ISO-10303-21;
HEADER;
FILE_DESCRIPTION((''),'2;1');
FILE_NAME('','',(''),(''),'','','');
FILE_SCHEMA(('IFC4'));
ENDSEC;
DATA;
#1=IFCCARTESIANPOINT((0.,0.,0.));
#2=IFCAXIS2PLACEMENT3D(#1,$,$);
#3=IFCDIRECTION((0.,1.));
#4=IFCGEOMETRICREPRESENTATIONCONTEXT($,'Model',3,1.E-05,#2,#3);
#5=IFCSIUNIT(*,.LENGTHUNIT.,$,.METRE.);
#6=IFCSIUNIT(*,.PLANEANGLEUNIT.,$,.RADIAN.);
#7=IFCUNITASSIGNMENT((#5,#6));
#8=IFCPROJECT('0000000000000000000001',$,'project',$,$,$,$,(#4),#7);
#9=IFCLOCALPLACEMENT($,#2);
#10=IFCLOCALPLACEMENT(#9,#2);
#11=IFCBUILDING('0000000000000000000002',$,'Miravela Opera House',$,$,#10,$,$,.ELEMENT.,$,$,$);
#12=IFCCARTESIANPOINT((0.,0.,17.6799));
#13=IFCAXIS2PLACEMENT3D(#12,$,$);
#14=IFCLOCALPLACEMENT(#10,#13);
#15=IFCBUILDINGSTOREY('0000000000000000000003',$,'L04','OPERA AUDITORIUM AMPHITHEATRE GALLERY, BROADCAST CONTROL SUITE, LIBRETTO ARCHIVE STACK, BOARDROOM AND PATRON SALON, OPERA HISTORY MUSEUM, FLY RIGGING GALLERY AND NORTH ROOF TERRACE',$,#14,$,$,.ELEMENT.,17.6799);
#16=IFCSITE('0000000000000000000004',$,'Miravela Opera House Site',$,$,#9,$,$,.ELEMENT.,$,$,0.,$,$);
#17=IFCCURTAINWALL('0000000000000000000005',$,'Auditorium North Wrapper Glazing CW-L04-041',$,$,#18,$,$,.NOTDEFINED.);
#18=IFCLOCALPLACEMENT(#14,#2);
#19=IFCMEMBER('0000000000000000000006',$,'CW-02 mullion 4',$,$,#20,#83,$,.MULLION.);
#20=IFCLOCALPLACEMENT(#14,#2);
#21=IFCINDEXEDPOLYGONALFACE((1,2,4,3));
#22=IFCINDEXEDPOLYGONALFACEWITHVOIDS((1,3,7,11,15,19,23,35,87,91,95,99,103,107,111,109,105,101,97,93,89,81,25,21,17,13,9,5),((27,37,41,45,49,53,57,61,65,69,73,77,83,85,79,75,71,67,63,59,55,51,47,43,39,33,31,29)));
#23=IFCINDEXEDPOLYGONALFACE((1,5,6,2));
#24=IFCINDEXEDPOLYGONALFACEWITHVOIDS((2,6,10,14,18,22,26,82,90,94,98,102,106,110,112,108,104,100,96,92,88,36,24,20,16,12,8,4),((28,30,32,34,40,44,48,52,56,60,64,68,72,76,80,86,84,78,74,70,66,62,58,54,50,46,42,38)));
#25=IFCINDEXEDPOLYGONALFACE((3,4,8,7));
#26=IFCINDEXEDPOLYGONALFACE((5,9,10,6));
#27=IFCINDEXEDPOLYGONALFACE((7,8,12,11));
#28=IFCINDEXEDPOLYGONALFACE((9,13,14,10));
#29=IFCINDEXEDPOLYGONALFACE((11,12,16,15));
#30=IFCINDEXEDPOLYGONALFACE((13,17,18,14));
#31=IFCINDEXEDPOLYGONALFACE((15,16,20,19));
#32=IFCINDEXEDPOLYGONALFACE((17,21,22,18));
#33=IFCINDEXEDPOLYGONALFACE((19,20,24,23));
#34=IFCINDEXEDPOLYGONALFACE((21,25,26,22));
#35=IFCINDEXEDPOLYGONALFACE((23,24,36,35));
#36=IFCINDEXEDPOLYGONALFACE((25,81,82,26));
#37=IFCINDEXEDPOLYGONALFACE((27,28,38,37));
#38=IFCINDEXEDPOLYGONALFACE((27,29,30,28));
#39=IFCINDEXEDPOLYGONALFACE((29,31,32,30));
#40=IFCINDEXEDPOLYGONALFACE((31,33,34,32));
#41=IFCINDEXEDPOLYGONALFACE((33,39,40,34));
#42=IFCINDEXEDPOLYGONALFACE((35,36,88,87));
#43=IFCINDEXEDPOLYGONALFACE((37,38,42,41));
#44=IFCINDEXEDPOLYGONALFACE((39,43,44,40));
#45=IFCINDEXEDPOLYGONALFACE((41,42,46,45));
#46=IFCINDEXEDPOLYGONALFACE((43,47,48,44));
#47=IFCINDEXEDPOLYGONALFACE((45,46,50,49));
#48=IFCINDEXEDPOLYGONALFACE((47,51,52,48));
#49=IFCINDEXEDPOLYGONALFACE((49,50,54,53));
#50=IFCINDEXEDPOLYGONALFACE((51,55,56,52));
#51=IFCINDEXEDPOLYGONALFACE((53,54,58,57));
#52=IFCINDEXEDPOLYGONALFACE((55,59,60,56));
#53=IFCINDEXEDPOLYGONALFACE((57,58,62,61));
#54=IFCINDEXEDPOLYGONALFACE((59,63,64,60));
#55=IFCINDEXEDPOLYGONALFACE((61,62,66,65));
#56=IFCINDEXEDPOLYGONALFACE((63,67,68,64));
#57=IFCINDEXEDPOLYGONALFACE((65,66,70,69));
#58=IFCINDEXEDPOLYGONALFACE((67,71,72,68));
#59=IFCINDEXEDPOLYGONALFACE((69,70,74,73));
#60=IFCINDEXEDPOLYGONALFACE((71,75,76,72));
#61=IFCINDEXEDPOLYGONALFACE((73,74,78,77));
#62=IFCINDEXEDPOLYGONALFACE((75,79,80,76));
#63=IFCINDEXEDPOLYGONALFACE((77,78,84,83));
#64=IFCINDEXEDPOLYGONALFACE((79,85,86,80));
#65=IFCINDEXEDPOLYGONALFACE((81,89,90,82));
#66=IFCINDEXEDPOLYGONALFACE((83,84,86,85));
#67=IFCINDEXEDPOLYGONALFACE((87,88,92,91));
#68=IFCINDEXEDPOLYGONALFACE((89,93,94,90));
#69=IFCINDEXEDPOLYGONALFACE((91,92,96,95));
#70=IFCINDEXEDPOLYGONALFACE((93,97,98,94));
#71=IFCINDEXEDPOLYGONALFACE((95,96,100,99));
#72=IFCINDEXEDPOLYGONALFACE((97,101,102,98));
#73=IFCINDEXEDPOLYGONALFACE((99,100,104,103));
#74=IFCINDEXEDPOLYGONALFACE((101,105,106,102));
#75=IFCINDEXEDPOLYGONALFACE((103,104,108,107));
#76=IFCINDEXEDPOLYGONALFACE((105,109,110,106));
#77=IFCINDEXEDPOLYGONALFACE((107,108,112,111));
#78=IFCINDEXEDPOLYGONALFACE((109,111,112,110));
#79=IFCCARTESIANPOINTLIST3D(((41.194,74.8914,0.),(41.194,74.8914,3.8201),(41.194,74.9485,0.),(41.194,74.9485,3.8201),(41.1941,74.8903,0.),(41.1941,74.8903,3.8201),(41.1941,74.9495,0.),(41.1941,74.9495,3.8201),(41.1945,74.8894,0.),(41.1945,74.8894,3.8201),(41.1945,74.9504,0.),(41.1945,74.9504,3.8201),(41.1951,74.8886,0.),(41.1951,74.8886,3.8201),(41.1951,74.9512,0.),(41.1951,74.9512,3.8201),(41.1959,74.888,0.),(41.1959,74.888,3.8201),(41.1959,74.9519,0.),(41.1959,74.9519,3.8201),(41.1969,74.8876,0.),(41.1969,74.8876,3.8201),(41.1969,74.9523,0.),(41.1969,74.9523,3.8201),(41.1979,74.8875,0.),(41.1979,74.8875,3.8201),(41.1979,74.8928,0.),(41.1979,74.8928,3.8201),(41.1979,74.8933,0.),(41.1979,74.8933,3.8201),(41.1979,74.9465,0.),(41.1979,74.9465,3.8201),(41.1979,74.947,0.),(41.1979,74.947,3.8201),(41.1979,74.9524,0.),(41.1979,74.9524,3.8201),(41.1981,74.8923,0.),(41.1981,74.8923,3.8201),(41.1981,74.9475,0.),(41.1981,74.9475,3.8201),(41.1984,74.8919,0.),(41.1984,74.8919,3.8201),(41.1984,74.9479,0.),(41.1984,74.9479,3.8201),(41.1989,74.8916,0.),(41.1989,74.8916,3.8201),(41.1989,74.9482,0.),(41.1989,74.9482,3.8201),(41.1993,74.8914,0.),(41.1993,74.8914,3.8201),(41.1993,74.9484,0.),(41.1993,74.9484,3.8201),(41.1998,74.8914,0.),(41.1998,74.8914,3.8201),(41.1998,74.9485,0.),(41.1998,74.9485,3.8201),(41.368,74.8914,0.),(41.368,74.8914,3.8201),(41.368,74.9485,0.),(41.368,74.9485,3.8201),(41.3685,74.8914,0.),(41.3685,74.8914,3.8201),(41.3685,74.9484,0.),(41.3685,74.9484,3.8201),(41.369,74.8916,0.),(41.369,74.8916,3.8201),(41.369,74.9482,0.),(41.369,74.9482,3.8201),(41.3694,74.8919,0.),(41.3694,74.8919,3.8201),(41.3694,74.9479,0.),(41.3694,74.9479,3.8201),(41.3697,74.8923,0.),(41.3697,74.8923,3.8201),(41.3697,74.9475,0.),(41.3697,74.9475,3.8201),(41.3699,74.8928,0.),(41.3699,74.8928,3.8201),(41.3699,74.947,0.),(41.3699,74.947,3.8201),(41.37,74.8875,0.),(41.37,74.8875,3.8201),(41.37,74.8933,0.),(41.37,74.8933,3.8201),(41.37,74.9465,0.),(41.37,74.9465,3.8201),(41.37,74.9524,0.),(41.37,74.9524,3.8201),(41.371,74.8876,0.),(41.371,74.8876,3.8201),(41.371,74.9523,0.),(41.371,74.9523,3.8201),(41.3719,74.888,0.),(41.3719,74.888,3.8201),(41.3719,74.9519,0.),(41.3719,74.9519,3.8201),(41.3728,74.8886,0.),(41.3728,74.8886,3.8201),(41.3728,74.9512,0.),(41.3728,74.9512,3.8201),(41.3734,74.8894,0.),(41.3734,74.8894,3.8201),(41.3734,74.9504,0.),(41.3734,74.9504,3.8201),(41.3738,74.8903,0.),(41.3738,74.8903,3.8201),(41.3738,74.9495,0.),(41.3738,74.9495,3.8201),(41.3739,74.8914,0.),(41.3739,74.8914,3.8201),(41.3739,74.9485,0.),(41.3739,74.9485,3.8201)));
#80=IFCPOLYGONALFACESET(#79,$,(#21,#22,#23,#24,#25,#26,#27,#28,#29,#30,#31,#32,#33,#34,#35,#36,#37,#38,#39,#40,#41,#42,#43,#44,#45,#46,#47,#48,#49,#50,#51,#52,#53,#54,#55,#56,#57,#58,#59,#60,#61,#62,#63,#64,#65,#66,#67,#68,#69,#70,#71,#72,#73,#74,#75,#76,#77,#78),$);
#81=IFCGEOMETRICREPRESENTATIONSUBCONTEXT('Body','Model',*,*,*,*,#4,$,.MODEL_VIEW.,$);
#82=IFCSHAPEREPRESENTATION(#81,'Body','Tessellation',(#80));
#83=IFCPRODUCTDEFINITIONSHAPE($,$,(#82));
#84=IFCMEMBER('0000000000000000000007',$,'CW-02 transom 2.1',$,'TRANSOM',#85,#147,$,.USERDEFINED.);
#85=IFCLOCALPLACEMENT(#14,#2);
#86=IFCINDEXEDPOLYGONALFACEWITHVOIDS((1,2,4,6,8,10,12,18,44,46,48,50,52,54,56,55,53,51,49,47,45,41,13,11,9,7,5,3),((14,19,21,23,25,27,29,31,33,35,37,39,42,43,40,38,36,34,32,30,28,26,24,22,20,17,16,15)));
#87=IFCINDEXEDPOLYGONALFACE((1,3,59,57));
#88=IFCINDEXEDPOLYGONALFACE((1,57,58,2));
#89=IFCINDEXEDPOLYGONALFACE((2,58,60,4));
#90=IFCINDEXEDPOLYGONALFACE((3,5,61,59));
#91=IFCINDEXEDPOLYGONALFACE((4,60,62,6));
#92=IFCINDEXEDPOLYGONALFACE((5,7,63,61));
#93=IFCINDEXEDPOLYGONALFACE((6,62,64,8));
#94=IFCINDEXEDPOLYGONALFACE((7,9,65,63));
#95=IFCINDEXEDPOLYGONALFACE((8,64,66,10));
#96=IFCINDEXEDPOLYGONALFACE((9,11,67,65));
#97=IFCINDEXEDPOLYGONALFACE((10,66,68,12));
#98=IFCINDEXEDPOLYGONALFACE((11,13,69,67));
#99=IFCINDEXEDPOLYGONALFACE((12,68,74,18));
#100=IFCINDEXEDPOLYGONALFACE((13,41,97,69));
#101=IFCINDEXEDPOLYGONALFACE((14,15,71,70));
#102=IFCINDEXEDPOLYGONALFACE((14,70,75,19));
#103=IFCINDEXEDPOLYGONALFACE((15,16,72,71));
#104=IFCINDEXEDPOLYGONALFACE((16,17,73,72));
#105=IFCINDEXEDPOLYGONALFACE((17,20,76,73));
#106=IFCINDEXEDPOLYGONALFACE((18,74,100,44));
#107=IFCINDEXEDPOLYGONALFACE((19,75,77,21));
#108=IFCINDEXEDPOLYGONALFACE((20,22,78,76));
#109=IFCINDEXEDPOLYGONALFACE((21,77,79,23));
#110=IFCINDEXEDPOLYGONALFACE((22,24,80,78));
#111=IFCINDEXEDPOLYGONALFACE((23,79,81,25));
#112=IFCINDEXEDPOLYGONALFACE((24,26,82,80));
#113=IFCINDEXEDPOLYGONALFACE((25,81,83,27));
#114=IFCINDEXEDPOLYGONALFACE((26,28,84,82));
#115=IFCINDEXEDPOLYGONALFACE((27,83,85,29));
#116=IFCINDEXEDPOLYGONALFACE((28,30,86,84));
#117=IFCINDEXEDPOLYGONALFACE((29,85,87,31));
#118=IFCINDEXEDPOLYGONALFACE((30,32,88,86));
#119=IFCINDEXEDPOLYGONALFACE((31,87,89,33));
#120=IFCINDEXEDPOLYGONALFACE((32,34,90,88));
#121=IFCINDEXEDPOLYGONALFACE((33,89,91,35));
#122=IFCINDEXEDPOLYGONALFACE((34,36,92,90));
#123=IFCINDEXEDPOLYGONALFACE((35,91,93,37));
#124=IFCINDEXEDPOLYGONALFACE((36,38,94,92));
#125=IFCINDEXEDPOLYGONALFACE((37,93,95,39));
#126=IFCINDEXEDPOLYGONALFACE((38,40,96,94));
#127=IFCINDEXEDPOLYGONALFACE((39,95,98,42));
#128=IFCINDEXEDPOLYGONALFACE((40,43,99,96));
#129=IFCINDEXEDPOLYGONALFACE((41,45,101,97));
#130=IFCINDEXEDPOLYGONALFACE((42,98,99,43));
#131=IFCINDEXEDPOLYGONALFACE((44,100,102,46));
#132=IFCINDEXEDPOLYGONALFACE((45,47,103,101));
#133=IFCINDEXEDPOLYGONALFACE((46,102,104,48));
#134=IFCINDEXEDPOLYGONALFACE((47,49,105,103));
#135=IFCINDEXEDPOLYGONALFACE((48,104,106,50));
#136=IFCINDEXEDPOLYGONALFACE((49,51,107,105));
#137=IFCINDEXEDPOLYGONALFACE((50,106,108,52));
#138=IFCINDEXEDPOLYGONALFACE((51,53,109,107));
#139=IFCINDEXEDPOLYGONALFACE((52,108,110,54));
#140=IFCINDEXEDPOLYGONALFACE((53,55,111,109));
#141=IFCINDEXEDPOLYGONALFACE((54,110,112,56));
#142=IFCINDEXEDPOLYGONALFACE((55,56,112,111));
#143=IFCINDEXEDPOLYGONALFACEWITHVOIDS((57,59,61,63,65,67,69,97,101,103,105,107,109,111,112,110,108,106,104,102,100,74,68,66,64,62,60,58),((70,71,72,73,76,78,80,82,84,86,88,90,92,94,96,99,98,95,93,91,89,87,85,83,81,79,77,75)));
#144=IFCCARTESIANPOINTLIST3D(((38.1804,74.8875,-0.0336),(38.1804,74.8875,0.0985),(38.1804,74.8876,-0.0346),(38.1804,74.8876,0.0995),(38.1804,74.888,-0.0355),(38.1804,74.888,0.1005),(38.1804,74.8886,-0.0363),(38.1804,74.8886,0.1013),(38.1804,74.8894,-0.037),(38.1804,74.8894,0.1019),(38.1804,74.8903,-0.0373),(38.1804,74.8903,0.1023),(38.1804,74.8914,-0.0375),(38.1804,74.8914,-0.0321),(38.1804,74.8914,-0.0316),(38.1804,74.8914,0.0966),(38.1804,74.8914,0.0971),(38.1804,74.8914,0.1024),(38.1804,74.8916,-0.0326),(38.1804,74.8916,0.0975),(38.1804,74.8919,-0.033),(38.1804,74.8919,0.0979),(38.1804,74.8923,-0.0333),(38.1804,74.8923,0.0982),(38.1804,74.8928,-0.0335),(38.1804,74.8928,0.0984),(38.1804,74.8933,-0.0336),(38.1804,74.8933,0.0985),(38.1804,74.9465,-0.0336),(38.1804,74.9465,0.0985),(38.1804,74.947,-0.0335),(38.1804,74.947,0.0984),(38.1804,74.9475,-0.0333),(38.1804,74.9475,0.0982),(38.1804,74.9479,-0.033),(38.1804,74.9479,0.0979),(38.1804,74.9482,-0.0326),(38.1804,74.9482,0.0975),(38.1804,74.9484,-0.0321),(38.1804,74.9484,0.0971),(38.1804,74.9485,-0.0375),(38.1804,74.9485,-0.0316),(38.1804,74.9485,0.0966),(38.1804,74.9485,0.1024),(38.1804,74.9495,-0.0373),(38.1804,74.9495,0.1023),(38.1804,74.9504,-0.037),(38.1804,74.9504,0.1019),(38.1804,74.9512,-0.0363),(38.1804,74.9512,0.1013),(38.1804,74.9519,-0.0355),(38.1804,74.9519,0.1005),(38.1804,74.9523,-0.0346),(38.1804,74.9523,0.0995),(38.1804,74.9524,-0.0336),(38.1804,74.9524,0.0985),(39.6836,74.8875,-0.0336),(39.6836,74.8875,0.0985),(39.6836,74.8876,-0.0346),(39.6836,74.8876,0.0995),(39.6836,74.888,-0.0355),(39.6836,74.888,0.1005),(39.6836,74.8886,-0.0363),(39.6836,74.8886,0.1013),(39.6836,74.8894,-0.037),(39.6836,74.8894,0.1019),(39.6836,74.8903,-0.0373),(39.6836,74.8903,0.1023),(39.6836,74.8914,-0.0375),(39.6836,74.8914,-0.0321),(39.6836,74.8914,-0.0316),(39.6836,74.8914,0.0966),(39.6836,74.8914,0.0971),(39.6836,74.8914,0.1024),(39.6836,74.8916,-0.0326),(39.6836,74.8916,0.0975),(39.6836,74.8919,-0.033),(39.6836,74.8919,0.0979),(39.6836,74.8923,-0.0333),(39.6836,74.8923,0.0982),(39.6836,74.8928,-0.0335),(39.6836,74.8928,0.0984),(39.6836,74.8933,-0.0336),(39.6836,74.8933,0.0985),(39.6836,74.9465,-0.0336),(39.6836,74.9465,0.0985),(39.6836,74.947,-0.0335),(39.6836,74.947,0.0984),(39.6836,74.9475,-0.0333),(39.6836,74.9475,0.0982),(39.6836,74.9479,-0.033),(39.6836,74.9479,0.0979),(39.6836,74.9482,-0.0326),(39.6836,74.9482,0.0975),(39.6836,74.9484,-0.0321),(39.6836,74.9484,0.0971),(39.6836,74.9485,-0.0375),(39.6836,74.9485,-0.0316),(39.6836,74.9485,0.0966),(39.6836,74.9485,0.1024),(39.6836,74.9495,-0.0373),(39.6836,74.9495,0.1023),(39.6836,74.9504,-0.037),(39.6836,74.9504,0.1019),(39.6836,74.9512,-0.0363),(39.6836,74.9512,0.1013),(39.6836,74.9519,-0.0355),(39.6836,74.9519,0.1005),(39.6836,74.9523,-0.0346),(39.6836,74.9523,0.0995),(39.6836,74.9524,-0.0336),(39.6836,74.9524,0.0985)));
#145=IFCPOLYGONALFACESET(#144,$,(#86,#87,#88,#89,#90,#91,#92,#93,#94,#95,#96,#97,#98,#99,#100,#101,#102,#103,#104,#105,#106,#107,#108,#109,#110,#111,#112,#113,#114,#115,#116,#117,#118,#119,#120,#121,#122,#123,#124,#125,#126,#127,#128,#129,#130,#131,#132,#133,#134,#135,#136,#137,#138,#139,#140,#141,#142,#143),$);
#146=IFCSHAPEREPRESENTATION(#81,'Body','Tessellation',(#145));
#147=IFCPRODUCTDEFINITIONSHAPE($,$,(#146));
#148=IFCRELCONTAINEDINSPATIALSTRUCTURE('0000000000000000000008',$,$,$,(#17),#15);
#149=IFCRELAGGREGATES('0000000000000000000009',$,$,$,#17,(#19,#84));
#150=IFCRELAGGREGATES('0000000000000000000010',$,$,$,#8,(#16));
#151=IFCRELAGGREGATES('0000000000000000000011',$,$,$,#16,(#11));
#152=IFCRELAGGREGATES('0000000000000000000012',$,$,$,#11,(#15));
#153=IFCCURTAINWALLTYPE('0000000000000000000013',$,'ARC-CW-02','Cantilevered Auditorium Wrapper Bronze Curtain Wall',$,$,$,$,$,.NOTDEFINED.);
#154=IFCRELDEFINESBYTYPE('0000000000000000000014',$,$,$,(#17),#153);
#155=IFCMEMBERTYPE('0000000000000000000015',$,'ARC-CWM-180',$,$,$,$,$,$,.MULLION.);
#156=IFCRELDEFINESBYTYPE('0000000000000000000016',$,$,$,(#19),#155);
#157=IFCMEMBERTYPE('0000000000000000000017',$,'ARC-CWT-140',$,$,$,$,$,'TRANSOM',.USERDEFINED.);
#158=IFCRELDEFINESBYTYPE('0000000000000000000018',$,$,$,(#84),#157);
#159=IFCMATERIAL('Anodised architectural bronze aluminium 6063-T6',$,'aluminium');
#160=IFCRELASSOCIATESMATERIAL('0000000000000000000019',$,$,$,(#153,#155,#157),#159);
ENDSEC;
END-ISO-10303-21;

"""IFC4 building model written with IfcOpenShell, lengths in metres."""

from ifc_helpers import new_model, si_unit, direction, frame, origin, origin_2d, place, context, subcontext, project, spatial, hollow_rectangle, extrude, material, material_profile, profile_set, type_object, element, aggregate, save


model = new_model("IFC4")

# Units and contexts
model_context = context("Model", 3, precision=1e-05, world=origin(), true_north=direction((0.0, 1.0)))
body_context = subcontext(model_context, "Body", "Model", "MODEL_VIEW")
ifc_project = project(units=[si_unit("LENGTHUNIT", "METRE"), si_unit("PLANEANGLEUNIT", "RADIAN")], contexts=[model_context])

# Site, building, storey
site_placement = place(None, origin())
site = spatial("IfcSite", under=ifc_project, at=site_placement, Name="Miravela Opera House Site", CompositionType="ELEMENT", RefElevation=0.0)
building_placement = place(site_placement, origin())
building = spatial("IfcBuilding", under=site, at=building_placement, Name="Miravela Opera House", CompositionType="ELEMENT")
storey_placement = place(building_placement, frame((0.0, 0.0, 17.6799)))
storey = spatial("IfcBuildingStorey", under=building, at=storey_placement, Name="L04", Description="OPERA AUDITORIUM AMPHITHEATRE GALLERY, BROADCAST CONTROL SUITE, LIBRETTO ARCHIVE STACK, BOARDROOM AND PATRON SALON, OPERA HISTORY MUSEUM, FLY RIGGING GALLERY AND NORTH ROOF TERRACE", CompositionType="ELEMENT", Elevation=17.6799)

# Curtain wall, members
ifc_material_1 = material(Name="Anodised architectural bronze aluminium 6063-T6", Category="aluminium")
curtain_wall_type = type_object("IfcCurtainWallType", Name="ARC-CW-02", Description="Cantilevered Auditorium Wrapper Bronze Curtain Wall", PredefinedType="NOTDEFINED", material=ifc_material_1)
curtain_wall_placement = place(storey_placement, origin())
curtain_wall = element("IfcCurtainWall", 1, at=curtain_wall_placement, inside=storey, type_object=curtain_wall_type, Name="Auditorium North Wrapper Glazing CW-L04-041", PredefinedType="NOTDEFINED")
ifc_material_profile_1 = material_profile(ifc_material_1, hollow_rectangle(XDim=0.0649, YDim=0.1799, WallThickness=0.0039, InnerFilletRadius=0.002, OuterFilletRadius=0.0039, at=origin_2d()), Name="CWM-65X180")
ifc_profile_set_1 = profile_set([ifc_material_profile_1])
member_type_1 = type_object("IfcMemberType", Name="ARC-CWM-180", PredefinedType="MULLION", material=ifc_profile_set_1)
member_1_placement = place(storey_placement, frame((41.2839, 74.9199, 0.0), z_axis=(0.0, 0.0, 1.0), x_axis=(0.0, 1.0, 0.0)))
member_1 = element("IfcMember", 2, at=member_1_placement, type_object=member_type_1, Name="CW-02 mullion 4", PredefinedType="MULLION", context=body_context, shape_type="SweptSolid", body=[
    extrude(hollow_rectangle(XDim=0.0649, YDim=0.1799, WallThickness=0.0039, InnerFilletRadius=0.002, OuterFilletRadius=0.0039, at=origin_2d()), origin(), (0.0, 0.0, 1.0), 3.8201),
])
ifc_material_profile_2 = material_profile(ifc_material_1, hollow_rectangle(XDim=0.0649, YDim=0.1399, WallThickness=0.0039, InnerFilletRadius=0.002, OuterFilletRadius=0.0039, at=origin_2d()), Name="CWT-65X140")
ifc_profile_set_2 = profile_set([ifc_material_profile_2])
member_type_2 = type_object("IfcMemberType", Name="ARC-CWT-140", ElementType="TRANSOM", PredefinedType="USERDEFINED", material=ifc_profile_set_2)
member_2_placement = place(storey_placement, frame((38.1804, 74.9199, 0.0325), z_axis=(1.0, 0.0, 0.0), x_axis=(0.0, 1.0, 0.0)))
member_2 = element("IfcMember", 3, at=member_2_placement, type_object=member_type_2, Name="CW-02 transom 2.1", ObjectType="TRANSOM", PredefinedType="USERDEFINED", context=body_context, shape_type="SweptSolid", body=[
    extrude(hollow_rectangle(XDim=0.0649, YDim=0.1399, WallThickness=0.0039, InnerFilletRadius=0.002, OuterFilletRadius=0.0039, at=origin_2d()), origin(), (0.0, 0.0, 1.0), 1.5032),
])
aggregate(curtain_wall, [member_1, member_2])

save(model, "model.ifc")
